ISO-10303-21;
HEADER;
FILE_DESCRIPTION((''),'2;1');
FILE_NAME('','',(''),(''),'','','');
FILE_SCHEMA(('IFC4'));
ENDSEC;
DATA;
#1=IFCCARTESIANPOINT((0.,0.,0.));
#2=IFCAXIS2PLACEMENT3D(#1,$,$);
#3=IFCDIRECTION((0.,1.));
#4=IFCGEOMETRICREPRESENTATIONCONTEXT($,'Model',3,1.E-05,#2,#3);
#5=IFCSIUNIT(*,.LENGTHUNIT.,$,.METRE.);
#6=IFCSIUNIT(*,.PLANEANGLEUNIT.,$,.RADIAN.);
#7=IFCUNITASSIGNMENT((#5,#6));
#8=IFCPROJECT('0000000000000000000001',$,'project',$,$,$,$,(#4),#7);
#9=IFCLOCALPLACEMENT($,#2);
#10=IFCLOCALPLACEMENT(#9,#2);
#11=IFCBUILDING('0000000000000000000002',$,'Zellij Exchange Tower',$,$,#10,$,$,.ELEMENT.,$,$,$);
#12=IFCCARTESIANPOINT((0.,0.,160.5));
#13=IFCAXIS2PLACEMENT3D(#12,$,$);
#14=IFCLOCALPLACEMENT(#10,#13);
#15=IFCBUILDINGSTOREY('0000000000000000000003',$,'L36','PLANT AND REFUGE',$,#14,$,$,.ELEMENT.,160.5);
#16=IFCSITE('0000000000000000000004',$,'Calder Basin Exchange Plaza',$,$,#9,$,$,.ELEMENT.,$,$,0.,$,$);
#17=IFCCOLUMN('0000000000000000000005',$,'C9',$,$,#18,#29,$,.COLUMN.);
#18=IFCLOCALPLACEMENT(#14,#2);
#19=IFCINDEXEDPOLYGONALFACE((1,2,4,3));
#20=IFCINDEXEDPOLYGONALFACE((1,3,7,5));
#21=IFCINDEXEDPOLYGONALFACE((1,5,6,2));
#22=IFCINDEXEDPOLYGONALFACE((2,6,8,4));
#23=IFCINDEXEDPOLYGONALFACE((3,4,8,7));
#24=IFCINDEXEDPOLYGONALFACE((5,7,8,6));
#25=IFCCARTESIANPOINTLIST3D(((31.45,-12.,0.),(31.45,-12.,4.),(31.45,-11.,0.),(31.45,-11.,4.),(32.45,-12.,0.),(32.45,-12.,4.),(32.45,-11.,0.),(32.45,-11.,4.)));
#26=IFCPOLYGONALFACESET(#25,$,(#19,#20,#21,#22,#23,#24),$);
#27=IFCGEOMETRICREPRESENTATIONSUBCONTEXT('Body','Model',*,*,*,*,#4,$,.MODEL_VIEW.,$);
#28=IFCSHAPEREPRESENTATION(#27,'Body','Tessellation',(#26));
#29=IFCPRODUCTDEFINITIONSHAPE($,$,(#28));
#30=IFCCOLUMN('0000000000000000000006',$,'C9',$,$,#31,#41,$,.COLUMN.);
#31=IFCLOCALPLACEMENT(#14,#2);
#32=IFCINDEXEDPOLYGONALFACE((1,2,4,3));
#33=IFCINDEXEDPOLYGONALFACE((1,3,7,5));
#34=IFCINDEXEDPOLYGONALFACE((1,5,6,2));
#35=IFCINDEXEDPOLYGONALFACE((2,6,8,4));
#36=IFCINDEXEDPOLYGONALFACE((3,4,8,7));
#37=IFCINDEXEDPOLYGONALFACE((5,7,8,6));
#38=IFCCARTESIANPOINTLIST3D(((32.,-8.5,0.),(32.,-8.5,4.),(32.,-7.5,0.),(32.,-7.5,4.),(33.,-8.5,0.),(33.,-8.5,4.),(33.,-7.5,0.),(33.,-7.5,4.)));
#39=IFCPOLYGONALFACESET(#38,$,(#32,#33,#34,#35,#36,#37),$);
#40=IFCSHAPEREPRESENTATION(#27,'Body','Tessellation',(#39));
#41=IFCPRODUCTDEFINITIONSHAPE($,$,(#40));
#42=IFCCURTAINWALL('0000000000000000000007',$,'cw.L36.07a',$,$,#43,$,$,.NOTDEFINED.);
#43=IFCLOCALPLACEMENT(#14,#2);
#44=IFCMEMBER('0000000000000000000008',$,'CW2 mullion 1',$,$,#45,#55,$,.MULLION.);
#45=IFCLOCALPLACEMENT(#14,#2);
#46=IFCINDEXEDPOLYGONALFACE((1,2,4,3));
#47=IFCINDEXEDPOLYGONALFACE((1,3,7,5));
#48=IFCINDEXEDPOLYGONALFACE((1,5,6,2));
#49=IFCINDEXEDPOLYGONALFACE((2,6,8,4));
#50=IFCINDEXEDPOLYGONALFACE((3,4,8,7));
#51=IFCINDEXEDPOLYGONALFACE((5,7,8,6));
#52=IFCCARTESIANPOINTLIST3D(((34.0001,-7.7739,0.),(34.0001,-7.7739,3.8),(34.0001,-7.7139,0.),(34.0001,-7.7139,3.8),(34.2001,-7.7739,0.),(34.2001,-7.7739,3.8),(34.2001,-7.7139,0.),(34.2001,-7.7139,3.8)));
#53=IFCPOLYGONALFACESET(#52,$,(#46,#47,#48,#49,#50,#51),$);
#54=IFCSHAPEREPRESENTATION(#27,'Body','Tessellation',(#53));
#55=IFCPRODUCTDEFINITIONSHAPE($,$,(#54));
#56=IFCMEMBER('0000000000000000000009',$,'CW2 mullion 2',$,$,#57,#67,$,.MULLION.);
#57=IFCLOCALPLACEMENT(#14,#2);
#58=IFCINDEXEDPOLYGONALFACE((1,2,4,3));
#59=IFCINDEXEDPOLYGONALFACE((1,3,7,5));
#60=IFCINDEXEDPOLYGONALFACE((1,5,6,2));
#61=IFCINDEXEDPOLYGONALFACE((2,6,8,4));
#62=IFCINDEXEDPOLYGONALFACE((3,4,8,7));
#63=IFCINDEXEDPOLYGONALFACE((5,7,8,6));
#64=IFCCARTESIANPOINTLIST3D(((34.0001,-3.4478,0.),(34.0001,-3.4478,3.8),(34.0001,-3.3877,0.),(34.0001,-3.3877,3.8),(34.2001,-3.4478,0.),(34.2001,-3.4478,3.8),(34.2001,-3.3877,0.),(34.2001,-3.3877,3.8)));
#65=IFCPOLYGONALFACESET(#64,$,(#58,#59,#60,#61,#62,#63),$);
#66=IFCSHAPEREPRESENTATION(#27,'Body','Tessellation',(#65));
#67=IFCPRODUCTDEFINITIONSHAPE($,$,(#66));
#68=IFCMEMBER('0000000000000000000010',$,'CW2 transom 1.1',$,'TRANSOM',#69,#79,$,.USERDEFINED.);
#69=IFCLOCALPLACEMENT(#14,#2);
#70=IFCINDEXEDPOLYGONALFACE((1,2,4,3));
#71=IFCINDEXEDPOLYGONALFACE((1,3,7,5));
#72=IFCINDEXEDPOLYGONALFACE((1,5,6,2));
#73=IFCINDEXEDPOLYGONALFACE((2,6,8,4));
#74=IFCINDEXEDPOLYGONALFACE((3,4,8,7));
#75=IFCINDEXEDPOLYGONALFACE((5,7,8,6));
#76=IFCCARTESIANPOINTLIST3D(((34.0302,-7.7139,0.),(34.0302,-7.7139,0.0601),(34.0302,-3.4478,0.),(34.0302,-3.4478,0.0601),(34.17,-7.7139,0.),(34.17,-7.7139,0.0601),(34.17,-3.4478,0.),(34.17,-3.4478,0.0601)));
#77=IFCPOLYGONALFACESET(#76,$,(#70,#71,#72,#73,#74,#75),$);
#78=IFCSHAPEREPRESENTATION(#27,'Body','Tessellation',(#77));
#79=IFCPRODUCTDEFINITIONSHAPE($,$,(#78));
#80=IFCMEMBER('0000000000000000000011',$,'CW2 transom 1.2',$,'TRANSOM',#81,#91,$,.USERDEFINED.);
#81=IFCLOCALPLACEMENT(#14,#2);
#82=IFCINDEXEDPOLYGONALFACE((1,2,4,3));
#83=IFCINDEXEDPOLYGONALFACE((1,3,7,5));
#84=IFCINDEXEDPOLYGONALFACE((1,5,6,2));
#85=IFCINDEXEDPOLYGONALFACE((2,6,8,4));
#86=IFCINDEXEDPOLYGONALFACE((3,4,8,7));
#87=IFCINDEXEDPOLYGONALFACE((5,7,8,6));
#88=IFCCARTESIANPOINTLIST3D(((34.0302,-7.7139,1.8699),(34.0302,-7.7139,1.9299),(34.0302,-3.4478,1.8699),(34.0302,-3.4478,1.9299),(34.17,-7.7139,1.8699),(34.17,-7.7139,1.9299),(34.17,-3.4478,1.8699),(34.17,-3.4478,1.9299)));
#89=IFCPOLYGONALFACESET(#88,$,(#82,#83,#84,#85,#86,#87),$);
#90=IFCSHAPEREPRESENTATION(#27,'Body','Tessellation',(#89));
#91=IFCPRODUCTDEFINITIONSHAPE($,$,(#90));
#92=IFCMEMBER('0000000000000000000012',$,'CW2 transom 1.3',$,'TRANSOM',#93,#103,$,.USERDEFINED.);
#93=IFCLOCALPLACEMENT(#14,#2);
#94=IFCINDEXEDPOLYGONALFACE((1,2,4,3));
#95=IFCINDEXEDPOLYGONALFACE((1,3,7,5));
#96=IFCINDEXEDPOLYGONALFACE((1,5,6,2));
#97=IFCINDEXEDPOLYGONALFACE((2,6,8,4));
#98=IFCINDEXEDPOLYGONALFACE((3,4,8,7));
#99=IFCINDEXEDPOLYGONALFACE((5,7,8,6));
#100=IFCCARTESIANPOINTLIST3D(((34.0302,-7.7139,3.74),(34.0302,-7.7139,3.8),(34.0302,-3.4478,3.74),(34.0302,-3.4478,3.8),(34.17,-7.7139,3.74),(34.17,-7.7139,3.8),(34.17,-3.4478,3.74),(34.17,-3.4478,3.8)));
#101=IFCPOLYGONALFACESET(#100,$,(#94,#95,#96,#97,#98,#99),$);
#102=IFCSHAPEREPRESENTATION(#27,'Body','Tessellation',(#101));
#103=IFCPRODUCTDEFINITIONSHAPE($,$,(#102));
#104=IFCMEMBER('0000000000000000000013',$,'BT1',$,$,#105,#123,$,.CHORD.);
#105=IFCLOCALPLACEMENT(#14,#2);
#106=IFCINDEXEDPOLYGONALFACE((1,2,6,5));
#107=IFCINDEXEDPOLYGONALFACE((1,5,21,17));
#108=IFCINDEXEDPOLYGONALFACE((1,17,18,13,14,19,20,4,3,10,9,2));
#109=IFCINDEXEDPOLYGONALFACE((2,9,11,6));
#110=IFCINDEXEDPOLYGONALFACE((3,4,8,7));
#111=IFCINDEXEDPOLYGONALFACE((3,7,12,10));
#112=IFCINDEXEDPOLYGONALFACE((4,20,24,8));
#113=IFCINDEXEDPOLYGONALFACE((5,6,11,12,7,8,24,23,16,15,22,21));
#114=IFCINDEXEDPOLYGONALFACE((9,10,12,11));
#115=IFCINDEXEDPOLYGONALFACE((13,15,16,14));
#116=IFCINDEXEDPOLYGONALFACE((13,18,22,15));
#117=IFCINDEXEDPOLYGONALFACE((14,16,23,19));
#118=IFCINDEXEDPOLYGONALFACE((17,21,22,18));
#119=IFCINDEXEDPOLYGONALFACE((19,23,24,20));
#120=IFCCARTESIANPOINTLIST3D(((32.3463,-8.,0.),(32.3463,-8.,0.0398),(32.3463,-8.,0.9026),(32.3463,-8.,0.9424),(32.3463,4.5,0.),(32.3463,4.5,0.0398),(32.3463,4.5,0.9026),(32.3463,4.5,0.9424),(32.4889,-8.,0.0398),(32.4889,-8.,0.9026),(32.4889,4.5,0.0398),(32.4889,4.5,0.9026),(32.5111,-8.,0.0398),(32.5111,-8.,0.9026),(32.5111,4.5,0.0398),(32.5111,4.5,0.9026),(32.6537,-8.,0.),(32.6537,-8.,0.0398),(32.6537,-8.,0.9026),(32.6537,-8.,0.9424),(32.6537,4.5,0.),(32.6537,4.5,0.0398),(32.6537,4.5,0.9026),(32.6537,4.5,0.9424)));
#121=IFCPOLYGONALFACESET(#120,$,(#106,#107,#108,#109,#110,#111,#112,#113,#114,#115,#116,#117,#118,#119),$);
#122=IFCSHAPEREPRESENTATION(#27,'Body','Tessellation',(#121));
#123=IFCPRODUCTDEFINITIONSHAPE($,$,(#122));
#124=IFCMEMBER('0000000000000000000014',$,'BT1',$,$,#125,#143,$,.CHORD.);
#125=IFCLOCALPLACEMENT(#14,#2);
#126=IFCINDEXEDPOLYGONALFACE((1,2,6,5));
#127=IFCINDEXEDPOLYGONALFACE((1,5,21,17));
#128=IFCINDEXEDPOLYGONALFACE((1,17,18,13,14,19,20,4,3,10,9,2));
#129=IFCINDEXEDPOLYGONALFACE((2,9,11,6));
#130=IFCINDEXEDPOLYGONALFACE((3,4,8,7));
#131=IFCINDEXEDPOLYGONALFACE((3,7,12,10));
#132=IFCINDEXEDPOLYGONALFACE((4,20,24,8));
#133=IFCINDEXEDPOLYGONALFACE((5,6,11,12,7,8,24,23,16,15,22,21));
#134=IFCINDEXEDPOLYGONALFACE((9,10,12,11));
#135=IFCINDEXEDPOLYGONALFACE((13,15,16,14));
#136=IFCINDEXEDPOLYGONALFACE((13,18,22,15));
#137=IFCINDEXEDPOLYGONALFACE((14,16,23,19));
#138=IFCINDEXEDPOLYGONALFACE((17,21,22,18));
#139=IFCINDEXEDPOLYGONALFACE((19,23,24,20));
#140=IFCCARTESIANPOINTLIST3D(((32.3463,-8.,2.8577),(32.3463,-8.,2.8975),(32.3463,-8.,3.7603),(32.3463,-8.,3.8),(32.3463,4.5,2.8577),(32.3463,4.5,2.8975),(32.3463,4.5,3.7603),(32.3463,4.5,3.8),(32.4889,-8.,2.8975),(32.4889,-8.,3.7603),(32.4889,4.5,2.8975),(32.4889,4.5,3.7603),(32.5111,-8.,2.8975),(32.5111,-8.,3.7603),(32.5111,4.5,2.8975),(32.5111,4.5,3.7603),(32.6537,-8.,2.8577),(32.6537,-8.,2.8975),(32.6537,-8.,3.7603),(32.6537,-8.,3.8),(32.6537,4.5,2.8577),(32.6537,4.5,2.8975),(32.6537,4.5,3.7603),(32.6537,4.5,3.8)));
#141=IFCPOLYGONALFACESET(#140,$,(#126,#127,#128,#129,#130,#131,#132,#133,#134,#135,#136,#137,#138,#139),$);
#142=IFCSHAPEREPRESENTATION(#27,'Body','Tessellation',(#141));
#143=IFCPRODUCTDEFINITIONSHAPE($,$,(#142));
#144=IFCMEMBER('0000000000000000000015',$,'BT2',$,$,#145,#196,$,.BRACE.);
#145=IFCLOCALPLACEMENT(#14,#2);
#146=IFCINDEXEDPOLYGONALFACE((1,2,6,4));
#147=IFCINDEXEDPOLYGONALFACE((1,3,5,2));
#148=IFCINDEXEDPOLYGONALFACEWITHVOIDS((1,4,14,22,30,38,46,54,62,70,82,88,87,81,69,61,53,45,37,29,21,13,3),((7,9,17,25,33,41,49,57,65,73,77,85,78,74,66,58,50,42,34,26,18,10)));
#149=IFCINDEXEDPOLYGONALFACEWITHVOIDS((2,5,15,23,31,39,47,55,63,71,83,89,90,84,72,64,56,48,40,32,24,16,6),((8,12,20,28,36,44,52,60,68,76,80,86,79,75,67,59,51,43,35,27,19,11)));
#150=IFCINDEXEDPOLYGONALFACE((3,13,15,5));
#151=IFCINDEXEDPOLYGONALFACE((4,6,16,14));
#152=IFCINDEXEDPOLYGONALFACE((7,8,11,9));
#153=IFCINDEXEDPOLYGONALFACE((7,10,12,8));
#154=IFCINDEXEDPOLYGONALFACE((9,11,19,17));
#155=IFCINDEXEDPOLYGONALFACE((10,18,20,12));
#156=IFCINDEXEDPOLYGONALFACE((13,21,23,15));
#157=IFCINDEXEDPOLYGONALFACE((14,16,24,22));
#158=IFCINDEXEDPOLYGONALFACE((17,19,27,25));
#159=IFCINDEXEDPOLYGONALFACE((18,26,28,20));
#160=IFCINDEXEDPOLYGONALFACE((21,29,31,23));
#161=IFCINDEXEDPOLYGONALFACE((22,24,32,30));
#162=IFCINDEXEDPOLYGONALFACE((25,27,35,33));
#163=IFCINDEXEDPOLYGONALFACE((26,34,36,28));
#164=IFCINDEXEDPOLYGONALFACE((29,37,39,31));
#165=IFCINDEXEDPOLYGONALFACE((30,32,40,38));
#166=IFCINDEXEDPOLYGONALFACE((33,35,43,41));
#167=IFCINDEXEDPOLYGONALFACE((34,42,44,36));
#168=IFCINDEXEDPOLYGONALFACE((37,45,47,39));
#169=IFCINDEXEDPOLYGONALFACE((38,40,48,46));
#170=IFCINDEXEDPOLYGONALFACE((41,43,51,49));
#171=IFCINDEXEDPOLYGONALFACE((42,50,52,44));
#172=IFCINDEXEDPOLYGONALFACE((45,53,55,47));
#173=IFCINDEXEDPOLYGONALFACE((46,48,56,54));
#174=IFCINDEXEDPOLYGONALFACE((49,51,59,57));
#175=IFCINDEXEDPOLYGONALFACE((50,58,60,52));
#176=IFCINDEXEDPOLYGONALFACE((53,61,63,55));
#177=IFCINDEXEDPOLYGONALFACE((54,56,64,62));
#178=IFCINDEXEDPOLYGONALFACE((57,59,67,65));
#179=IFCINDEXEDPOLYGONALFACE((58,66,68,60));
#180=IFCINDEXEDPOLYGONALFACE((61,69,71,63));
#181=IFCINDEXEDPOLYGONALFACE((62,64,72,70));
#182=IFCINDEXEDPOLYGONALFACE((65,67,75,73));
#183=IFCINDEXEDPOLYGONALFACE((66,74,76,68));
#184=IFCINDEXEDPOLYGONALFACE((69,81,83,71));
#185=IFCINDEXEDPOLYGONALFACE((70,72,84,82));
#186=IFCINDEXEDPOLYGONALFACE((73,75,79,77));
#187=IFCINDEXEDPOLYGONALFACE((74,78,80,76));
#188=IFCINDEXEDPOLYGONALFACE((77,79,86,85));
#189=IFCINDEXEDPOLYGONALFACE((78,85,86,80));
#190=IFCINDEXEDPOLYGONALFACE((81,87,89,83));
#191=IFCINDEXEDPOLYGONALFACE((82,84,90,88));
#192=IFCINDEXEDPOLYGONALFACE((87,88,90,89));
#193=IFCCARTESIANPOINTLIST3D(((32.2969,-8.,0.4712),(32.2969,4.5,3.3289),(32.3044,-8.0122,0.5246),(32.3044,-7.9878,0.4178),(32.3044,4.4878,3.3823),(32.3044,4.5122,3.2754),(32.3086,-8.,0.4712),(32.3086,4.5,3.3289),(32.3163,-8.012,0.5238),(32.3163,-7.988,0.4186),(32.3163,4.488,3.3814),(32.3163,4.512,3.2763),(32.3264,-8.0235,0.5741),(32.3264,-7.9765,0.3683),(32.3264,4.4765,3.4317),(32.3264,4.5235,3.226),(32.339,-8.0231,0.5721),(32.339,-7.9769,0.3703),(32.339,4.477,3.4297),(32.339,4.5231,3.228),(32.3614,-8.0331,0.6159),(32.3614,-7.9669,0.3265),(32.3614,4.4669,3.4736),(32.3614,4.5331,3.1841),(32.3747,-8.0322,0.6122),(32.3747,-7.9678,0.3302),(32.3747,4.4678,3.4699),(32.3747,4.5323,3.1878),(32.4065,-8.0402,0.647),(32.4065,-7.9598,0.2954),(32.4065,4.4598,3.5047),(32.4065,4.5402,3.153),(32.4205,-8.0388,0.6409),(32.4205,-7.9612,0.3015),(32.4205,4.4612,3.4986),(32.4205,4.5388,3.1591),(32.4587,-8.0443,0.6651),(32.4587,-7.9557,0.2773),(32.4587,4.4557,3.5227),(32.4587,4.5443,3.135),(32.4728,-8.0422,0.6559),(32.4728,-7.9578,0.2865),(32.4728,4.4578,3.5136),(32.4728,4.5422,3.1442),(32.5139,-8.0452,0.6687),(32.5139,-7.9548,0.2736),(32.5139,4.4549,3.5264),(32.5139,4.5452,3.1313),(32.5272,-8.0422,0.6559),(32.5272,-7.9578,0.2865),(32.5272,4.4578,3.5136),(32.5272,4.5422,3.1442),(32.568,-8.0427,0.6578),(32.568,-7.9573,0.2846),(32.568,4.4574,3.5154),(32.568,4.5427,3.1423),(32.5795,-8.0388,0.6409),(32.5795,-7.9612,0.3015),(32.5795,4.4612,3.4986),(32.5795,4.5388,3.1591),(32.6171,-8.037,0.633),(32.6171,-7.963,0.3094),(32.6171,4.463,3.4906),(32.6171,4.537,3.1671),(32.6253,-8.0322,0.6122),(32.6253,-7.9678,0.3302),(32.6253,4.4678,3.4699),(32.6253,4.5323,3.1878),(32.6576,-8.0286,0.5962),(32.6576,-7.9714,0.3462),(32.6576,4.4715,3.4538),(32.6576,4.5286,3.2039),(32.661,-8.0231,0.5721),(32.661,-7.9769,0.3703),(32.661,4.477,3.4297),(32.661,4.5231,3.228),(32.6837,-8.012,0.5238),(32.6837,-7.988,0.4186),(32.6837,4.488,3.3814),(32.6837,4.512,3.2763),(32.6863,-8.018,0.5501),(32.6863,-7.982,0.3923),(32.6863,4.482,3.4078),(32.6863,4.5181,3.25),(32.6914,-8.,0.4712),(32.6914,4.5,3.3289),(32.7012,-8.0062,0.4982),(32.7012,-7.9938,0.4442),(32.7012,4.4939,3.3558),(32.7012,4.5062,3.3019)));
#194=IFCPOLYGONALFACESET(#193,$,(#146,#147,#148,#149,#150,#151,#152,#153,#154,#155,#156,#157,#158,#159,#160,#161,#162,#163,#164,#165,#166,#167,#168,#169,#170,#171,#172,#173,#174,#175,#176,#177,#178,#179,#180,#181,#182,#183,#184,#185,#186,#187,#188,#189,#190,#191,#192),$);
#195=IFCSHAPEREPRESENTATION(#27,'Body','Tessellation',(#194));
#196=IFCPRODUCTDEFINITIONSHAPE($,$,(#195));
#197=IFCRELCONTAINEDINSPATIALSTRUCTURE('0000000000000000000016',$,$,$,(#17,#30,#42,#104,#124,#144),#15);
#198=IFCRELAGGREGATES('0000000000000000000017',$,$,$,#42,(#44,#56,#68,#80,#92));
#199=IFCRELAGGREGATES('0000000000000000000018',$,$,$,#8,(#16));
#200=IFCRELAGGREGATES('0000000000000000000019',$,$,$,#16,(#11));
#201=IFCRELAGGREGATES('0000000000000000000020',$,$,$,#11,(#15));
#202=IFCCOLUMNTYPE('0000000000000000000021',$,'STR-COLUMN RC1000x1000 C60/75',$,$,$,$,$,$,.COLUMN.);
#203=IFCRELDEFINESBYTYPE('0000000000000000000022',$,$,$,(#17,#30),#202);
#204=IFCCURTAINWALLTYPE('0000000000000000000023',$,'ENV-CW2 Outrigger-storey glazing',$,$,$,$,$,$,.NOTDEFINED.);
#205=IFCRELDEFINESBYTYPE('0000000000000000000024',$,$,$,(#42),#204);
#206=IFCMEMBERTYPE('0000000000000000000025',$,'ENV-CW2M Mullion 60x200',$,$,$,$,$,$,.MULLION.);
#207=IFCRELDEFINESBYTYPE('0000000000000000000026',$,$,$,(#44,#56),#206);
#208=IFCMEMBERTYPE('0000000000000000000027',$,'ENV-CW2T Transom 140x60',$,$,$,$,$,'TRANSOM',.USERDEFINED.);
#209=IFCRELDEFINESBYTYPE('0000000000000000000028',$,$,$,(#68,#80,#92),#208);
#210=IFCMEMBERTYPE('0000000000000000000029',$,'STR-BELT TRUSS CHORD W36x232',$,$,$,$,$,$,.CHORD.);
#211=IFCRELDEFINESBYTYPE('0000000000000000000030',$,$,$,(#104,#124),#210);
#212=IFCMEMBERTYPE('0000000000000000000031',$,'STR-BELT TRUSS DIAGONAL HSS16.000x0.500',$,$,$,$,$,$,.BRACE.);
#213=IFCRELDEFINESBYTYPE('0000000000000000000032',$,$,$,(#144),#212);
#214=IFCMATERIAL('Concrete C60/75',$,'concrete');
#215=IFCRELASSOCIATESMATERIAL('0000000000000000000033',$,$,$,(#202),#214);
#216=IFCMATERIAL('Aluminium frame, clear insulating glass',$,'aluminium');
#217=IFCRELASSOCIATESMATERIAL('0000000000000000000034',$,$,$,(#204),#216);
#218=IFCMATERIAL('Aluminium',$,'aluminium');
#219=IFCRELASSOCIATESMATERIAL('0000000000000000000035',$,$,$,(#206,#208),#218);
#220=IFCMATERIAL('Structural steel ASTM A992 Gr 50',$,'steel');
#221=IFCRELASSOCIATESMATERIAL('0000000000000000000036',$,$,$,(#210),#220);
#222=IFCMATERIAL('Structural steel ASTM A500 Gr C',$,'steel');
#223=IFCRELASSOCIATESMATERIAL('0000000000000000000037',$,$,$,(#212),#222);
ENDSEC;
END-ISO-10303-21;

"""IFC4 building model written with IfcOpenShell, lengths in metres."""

from ifc_helpers import new_model, si_unit, direction, frame, origin, origin_2d, place, context, subcontext, project, spatial, rectangle, hollow_circle, i_section, extrude, material, material_profile, profile_set, type_object, element, aggregate, save


model = new_model("IFC4")

# Units and contexts
model_context = context("Model", 3, precision=1e-05, world=origin(), true_north=direction((0.0, 1.0)))
body_context = subcontext(model_context, "Body", "Model", "MODEL_VIEW")
ifc_project = project(units=[si_unit("LENGTHUNIT", "METRE"), si_unit("PLANEANGLEUNIT", "RADIAN")], contexts=[model_context])

# Site, building, storey
site_placement = place(None, origin())
site = spatial("IfcSite", under=ifc_project, at=site_placement, Name="Calder Basin Exchange Plaza", CompositionType="ELEMENT", RefElevation=0.0)
building_placement = place(site_placement, origin())
building = spatial("IfcBuilding", under=site, at=building_placement, Name="Zellij Exchange Tower", CompositionType="ELEMENT")
storey_placement = place(building_placement, frame((0.0, 0.0, 160.5)))
storey = spatial("IfcBuildingStorey", under=building, at=storey_placement, Name="L36", Description="PLANT AND REFUGE", CompositionType="ELEMENT", Elevation=160.5)

# Columns
ifc_material_1 = material(Name="Concrete C60/75", Category="concrete")
ifc_material_profile_1 = material_profile(ifc_material_1, rectangle(XDim=1.0, YDim=1.0, at=origin_2d()), Name="STR-COLUMN RC1000x1000 C60/75")
ifc_profile_set_1 = profile_set([ifc_material_profile_1], Name="Concrete C60/75")
column_type = type_object("IfcColumnType", Name="STR-COLUMN RC1000x1000 C60/75", PredefinedType="COLUMN", material=ifc_profile_set_1)
for number, where, z_axis, x_axis, name in (
    (1, (31.95, -11.5, 0.0), (0.0, 0.0, 1.0), (1.0, 0.0, 0.0), "C9"),
    (2, (32.5, -8.0, 0.0), (0.0, 0.0, 1.0), (1.0, 0.0, 0.0), "C9"),
):
    element("IfcColumn", number, at=place(storey_placement, frame(where, z_axis=z_axis, x_axis=x_axis)), inside=storey, type_object=column_type, Name=name, PredefinedType="COLUMN", context=body_context, shape_type="SweptSolid", body=[
        extrude(rectangle(XDim=1.0, YDim=1.0, at=origin_2d()), origin(), (0.0, 0.0, 1.0), 4.0),
    ])

# Curtain wall, members
ifc_material_2 = material(Name="Aluminium frame, clear insulating glass", Category="aluminium")
curtain_wall_type = type_object("IfcCurtainWallType", Name="ENV-CW2 Outrigger-storey glazing", PredefinedType="NOTDEFINED", material=ifc_material_2)
curtain_wall_placement = place(storey_placement, origin())
curtain_wall = element("IfcCurtainWall", 3, at=curtain_wall_placement, inside=storey, type_object=curtain_wall_type, Name="cw.L36.07a", PredefinedType="NOTDEFINED")
ifc_material_3 = material(Name="Aluminium", Category="aluminium")
ifc_material_profile_2 = material_profile(ifc_material_3, rectangle(XDim=0.0601, YDim=0.2, at=origin_2d()), Name="AL 60x200")
ifc_profile_set_2 = profile_set([ifc_material_profile_2], Name="Aluminium")
member_type_1 = type_object("IfcMemberType", Name="ENV-CW2M Mullion 60x200", PredefinedType="MULLION", material=ifc_profile_set_2)
member_1_placement = place(storey_placement, frame((34.1001, -7.7439, 0.0), z_axis=(0.0, 0.0, 1.0), x_axis=(0.0, 1.0, 0.0)))
member_1 = element("IfcMember", 4, at=member_1_placement, type_object=member_type_1, Name="CW2 mullion 1", PredefinedType="MULLION", context=body_context, shape_type="SweptSolid", body=[
    extrude(rectangle(XDim=0.0601, YDim=0.2, at=origin_2d()), origin(), (0.0, 0.0, 1.0), 3.8),
])
member_2_placement = place(storey_placement, frame((34.1001, -3.4177, 0.0), z_axis=(0.0, 0.0, 1.0), x_axis=(0.0, 1.0, 0.0)))
member_2 = element("IfcMember", 5, at=member_2_placement, type_object=member_type_1, Name="CW2 mullion 2", PredefinedType="MULLION", context=body_context, shape_type="SweptSolid", body=[
    extrude(rectangle(XDim=0.0601, YDim=0.2, at=origin_2d()), origin(), (0.0, 0.0, 1.0), 3.8),
])
ifc_material_profile_3 = material_profile(ifc_material_3, rectangle(XDim=0.1399, YDim=0.0601, at=origin_2d()), Name="AL 140x60")
ifc_profile_set_3 = profile_set([ifc_material_profile_3], Name="Aluminium")
member_type_2 = type_object("IfcMemberType", Name="ENV-CW2T Transom 140x60", ElementType="TRANSOM", PredefinedType="USERDEFINED", material=ifc_profile_set_3)
member_3_placement = place(storey_placement, frame((34.1001, -7.7139, 0.03), z_axis=(0.0, 1.0, 0.0), x_axis=(-1.0, 0.0, 0.0)))
member_3 = element("IfcMember", 6, at=member_3_placement, type_object=member_type_2, Name="CW2 transom 1.1", ObjectType="TRANSOM", PredefinedType="USERDEFINED", context=body_context, shape_type="SweptSolid", body=[
    extrude(rectangle(XDim=0.1399, YDim=0.0601, at=origin_2d()), origin(), (0.0, 0.0, 1.0), 4.2661),
])
member_4_placement = place(storey_placement, frame((34.1001, -7.7139, 1.8999), z_axis=(0.0, 1.0, 0.0), x_axis=(-1.0, 0.0, 0.0)))
member_4 = element("IfcMember", 7, at=member_4_placement, type_object=member_type_2, Name="CW2 transom 1.2", ObjectType="TRANSOM", PredefinedType="USERDEFINED", context=body_context, shape_type="SweptSolid", body=[
    extrude(rectangle(XDim=0.1399, YDim=0.0601, at=origin_2d()), origin(), (0.0, 0.0, 1.0), 4.2661),
])
member_5_placement = place(storey_placement, frame((34.1001, -7.7139, 3.77), z_axis=(0.0, 1.0, 0.0), x_axis=(-1.0, 0.0, 0.0)))
member_5 = element("IfcMember", 8, at=member_5_placement, type_object=member_type_2, Name="CW2 transom 1.3", ObjectType="TRANSOM", PredefinedType="USERDEFINED", context=body_context, shape_type="SweptSolid", body=[
    extrude(rectangle(XDim=0.1399, YDim=0.0601, at=origin_2d()), origin(), (0.0, 0.0, 1.0), 4.2661),
])

# Members
ifc_material_4 = material(Name="Structural steel ASTM A992 Gr 50", Category="steel")
ifc_material_profile_4 = material_profile(ifc_material_4, i_section(OverallWidth=0.3074, OverallDepth=0.9424, WebThickness=0.0222, FlangeThickness=0.0398, at=origin_2d()), Name="W36x232")
ifc_profile_set_4 = profile_set([ifc_material_profile_4], Name="Structural steel ASTM A992 Gr 50")
member_type_3 = type_object("IfcMemberType", Name="STR-BELT TRUSS CHORD W36x232", PredefinedType="CHORD", material=ifc_profile_set_4)
for number, where, z_axis, x_axis, name in (
    (9, (32.5, -8.0, 0.4712), (0.0, 1.0, 0.0), (-1.0, 0.0, 0.0), "BT1"),
    (10, (32.5, -8.0, 3.3289), (0.0, 1.0, 0.0), (-1.0, 0.0, 0.0), "BT1"),
):
    element("IfcMember", number, at=place(storey_placement, frame(where, z_axis=z_axis, x_axis=x_axis)), inside=storey, type_object=member_type_3, Name=name, PredefinedType="CHORD", context=body_context, shape_type="SweptSolid", body=[
        extrude(i_section(OverallWidth=0.3074, OverallDepth=0.9424, WebThickness=0.0222, FlangeThickness=0.0398, at=origin_2d()), origin(), (0.0, 0.0, 1.0), 12.5),
    ])
ifc_material_5 = material(Name="Structural steel ASTM A500 Gr C", Category="steel")
ifc_material_profile_5 = material_profile(ifc_material_5, hollow_circle(Radius=0.2031, WallThickness=0.0117, at=origin_2d()), Name="STR-BELT TRUSS DIAGONAL HSS16.000x0.500")
ifc_profile_set_5 = profile_set([ifc_material_profile_5], Name="Structural steel ASTM A500 Gr C")
member_type_4 = type_object("IfcMemberType", Name="STR-BELT TRUSS DIAGONAL HSS16.000x0.500", PredefinedType="BRACE", material=ifc_profile_set_5)
member_6_placement = place(storey_placement, frame((32.5, -8.0, 0.4712), z_axis=(0.0, 0.97485, 0.222864), x_axis=(-1.0, 0.0, 0.0)))
element("IfcMember", 11, at=member_6_placement, inside=storey, type_object=member_type_4, Name="BT2", PredefinedType="BRACE", context=body_context, shape_type="SweptSolid", body=[
    extrude(hollow_circle(Radius=0.2031, WallThickness=0.0117, at=origin_2d()), origin(), (0.0, 0.0, 1.0), 12.8225),
])

aggregate(curtain_wall, [member_1, member_2, member_3, member_4, member_5])

save(model, "model.ifc")
